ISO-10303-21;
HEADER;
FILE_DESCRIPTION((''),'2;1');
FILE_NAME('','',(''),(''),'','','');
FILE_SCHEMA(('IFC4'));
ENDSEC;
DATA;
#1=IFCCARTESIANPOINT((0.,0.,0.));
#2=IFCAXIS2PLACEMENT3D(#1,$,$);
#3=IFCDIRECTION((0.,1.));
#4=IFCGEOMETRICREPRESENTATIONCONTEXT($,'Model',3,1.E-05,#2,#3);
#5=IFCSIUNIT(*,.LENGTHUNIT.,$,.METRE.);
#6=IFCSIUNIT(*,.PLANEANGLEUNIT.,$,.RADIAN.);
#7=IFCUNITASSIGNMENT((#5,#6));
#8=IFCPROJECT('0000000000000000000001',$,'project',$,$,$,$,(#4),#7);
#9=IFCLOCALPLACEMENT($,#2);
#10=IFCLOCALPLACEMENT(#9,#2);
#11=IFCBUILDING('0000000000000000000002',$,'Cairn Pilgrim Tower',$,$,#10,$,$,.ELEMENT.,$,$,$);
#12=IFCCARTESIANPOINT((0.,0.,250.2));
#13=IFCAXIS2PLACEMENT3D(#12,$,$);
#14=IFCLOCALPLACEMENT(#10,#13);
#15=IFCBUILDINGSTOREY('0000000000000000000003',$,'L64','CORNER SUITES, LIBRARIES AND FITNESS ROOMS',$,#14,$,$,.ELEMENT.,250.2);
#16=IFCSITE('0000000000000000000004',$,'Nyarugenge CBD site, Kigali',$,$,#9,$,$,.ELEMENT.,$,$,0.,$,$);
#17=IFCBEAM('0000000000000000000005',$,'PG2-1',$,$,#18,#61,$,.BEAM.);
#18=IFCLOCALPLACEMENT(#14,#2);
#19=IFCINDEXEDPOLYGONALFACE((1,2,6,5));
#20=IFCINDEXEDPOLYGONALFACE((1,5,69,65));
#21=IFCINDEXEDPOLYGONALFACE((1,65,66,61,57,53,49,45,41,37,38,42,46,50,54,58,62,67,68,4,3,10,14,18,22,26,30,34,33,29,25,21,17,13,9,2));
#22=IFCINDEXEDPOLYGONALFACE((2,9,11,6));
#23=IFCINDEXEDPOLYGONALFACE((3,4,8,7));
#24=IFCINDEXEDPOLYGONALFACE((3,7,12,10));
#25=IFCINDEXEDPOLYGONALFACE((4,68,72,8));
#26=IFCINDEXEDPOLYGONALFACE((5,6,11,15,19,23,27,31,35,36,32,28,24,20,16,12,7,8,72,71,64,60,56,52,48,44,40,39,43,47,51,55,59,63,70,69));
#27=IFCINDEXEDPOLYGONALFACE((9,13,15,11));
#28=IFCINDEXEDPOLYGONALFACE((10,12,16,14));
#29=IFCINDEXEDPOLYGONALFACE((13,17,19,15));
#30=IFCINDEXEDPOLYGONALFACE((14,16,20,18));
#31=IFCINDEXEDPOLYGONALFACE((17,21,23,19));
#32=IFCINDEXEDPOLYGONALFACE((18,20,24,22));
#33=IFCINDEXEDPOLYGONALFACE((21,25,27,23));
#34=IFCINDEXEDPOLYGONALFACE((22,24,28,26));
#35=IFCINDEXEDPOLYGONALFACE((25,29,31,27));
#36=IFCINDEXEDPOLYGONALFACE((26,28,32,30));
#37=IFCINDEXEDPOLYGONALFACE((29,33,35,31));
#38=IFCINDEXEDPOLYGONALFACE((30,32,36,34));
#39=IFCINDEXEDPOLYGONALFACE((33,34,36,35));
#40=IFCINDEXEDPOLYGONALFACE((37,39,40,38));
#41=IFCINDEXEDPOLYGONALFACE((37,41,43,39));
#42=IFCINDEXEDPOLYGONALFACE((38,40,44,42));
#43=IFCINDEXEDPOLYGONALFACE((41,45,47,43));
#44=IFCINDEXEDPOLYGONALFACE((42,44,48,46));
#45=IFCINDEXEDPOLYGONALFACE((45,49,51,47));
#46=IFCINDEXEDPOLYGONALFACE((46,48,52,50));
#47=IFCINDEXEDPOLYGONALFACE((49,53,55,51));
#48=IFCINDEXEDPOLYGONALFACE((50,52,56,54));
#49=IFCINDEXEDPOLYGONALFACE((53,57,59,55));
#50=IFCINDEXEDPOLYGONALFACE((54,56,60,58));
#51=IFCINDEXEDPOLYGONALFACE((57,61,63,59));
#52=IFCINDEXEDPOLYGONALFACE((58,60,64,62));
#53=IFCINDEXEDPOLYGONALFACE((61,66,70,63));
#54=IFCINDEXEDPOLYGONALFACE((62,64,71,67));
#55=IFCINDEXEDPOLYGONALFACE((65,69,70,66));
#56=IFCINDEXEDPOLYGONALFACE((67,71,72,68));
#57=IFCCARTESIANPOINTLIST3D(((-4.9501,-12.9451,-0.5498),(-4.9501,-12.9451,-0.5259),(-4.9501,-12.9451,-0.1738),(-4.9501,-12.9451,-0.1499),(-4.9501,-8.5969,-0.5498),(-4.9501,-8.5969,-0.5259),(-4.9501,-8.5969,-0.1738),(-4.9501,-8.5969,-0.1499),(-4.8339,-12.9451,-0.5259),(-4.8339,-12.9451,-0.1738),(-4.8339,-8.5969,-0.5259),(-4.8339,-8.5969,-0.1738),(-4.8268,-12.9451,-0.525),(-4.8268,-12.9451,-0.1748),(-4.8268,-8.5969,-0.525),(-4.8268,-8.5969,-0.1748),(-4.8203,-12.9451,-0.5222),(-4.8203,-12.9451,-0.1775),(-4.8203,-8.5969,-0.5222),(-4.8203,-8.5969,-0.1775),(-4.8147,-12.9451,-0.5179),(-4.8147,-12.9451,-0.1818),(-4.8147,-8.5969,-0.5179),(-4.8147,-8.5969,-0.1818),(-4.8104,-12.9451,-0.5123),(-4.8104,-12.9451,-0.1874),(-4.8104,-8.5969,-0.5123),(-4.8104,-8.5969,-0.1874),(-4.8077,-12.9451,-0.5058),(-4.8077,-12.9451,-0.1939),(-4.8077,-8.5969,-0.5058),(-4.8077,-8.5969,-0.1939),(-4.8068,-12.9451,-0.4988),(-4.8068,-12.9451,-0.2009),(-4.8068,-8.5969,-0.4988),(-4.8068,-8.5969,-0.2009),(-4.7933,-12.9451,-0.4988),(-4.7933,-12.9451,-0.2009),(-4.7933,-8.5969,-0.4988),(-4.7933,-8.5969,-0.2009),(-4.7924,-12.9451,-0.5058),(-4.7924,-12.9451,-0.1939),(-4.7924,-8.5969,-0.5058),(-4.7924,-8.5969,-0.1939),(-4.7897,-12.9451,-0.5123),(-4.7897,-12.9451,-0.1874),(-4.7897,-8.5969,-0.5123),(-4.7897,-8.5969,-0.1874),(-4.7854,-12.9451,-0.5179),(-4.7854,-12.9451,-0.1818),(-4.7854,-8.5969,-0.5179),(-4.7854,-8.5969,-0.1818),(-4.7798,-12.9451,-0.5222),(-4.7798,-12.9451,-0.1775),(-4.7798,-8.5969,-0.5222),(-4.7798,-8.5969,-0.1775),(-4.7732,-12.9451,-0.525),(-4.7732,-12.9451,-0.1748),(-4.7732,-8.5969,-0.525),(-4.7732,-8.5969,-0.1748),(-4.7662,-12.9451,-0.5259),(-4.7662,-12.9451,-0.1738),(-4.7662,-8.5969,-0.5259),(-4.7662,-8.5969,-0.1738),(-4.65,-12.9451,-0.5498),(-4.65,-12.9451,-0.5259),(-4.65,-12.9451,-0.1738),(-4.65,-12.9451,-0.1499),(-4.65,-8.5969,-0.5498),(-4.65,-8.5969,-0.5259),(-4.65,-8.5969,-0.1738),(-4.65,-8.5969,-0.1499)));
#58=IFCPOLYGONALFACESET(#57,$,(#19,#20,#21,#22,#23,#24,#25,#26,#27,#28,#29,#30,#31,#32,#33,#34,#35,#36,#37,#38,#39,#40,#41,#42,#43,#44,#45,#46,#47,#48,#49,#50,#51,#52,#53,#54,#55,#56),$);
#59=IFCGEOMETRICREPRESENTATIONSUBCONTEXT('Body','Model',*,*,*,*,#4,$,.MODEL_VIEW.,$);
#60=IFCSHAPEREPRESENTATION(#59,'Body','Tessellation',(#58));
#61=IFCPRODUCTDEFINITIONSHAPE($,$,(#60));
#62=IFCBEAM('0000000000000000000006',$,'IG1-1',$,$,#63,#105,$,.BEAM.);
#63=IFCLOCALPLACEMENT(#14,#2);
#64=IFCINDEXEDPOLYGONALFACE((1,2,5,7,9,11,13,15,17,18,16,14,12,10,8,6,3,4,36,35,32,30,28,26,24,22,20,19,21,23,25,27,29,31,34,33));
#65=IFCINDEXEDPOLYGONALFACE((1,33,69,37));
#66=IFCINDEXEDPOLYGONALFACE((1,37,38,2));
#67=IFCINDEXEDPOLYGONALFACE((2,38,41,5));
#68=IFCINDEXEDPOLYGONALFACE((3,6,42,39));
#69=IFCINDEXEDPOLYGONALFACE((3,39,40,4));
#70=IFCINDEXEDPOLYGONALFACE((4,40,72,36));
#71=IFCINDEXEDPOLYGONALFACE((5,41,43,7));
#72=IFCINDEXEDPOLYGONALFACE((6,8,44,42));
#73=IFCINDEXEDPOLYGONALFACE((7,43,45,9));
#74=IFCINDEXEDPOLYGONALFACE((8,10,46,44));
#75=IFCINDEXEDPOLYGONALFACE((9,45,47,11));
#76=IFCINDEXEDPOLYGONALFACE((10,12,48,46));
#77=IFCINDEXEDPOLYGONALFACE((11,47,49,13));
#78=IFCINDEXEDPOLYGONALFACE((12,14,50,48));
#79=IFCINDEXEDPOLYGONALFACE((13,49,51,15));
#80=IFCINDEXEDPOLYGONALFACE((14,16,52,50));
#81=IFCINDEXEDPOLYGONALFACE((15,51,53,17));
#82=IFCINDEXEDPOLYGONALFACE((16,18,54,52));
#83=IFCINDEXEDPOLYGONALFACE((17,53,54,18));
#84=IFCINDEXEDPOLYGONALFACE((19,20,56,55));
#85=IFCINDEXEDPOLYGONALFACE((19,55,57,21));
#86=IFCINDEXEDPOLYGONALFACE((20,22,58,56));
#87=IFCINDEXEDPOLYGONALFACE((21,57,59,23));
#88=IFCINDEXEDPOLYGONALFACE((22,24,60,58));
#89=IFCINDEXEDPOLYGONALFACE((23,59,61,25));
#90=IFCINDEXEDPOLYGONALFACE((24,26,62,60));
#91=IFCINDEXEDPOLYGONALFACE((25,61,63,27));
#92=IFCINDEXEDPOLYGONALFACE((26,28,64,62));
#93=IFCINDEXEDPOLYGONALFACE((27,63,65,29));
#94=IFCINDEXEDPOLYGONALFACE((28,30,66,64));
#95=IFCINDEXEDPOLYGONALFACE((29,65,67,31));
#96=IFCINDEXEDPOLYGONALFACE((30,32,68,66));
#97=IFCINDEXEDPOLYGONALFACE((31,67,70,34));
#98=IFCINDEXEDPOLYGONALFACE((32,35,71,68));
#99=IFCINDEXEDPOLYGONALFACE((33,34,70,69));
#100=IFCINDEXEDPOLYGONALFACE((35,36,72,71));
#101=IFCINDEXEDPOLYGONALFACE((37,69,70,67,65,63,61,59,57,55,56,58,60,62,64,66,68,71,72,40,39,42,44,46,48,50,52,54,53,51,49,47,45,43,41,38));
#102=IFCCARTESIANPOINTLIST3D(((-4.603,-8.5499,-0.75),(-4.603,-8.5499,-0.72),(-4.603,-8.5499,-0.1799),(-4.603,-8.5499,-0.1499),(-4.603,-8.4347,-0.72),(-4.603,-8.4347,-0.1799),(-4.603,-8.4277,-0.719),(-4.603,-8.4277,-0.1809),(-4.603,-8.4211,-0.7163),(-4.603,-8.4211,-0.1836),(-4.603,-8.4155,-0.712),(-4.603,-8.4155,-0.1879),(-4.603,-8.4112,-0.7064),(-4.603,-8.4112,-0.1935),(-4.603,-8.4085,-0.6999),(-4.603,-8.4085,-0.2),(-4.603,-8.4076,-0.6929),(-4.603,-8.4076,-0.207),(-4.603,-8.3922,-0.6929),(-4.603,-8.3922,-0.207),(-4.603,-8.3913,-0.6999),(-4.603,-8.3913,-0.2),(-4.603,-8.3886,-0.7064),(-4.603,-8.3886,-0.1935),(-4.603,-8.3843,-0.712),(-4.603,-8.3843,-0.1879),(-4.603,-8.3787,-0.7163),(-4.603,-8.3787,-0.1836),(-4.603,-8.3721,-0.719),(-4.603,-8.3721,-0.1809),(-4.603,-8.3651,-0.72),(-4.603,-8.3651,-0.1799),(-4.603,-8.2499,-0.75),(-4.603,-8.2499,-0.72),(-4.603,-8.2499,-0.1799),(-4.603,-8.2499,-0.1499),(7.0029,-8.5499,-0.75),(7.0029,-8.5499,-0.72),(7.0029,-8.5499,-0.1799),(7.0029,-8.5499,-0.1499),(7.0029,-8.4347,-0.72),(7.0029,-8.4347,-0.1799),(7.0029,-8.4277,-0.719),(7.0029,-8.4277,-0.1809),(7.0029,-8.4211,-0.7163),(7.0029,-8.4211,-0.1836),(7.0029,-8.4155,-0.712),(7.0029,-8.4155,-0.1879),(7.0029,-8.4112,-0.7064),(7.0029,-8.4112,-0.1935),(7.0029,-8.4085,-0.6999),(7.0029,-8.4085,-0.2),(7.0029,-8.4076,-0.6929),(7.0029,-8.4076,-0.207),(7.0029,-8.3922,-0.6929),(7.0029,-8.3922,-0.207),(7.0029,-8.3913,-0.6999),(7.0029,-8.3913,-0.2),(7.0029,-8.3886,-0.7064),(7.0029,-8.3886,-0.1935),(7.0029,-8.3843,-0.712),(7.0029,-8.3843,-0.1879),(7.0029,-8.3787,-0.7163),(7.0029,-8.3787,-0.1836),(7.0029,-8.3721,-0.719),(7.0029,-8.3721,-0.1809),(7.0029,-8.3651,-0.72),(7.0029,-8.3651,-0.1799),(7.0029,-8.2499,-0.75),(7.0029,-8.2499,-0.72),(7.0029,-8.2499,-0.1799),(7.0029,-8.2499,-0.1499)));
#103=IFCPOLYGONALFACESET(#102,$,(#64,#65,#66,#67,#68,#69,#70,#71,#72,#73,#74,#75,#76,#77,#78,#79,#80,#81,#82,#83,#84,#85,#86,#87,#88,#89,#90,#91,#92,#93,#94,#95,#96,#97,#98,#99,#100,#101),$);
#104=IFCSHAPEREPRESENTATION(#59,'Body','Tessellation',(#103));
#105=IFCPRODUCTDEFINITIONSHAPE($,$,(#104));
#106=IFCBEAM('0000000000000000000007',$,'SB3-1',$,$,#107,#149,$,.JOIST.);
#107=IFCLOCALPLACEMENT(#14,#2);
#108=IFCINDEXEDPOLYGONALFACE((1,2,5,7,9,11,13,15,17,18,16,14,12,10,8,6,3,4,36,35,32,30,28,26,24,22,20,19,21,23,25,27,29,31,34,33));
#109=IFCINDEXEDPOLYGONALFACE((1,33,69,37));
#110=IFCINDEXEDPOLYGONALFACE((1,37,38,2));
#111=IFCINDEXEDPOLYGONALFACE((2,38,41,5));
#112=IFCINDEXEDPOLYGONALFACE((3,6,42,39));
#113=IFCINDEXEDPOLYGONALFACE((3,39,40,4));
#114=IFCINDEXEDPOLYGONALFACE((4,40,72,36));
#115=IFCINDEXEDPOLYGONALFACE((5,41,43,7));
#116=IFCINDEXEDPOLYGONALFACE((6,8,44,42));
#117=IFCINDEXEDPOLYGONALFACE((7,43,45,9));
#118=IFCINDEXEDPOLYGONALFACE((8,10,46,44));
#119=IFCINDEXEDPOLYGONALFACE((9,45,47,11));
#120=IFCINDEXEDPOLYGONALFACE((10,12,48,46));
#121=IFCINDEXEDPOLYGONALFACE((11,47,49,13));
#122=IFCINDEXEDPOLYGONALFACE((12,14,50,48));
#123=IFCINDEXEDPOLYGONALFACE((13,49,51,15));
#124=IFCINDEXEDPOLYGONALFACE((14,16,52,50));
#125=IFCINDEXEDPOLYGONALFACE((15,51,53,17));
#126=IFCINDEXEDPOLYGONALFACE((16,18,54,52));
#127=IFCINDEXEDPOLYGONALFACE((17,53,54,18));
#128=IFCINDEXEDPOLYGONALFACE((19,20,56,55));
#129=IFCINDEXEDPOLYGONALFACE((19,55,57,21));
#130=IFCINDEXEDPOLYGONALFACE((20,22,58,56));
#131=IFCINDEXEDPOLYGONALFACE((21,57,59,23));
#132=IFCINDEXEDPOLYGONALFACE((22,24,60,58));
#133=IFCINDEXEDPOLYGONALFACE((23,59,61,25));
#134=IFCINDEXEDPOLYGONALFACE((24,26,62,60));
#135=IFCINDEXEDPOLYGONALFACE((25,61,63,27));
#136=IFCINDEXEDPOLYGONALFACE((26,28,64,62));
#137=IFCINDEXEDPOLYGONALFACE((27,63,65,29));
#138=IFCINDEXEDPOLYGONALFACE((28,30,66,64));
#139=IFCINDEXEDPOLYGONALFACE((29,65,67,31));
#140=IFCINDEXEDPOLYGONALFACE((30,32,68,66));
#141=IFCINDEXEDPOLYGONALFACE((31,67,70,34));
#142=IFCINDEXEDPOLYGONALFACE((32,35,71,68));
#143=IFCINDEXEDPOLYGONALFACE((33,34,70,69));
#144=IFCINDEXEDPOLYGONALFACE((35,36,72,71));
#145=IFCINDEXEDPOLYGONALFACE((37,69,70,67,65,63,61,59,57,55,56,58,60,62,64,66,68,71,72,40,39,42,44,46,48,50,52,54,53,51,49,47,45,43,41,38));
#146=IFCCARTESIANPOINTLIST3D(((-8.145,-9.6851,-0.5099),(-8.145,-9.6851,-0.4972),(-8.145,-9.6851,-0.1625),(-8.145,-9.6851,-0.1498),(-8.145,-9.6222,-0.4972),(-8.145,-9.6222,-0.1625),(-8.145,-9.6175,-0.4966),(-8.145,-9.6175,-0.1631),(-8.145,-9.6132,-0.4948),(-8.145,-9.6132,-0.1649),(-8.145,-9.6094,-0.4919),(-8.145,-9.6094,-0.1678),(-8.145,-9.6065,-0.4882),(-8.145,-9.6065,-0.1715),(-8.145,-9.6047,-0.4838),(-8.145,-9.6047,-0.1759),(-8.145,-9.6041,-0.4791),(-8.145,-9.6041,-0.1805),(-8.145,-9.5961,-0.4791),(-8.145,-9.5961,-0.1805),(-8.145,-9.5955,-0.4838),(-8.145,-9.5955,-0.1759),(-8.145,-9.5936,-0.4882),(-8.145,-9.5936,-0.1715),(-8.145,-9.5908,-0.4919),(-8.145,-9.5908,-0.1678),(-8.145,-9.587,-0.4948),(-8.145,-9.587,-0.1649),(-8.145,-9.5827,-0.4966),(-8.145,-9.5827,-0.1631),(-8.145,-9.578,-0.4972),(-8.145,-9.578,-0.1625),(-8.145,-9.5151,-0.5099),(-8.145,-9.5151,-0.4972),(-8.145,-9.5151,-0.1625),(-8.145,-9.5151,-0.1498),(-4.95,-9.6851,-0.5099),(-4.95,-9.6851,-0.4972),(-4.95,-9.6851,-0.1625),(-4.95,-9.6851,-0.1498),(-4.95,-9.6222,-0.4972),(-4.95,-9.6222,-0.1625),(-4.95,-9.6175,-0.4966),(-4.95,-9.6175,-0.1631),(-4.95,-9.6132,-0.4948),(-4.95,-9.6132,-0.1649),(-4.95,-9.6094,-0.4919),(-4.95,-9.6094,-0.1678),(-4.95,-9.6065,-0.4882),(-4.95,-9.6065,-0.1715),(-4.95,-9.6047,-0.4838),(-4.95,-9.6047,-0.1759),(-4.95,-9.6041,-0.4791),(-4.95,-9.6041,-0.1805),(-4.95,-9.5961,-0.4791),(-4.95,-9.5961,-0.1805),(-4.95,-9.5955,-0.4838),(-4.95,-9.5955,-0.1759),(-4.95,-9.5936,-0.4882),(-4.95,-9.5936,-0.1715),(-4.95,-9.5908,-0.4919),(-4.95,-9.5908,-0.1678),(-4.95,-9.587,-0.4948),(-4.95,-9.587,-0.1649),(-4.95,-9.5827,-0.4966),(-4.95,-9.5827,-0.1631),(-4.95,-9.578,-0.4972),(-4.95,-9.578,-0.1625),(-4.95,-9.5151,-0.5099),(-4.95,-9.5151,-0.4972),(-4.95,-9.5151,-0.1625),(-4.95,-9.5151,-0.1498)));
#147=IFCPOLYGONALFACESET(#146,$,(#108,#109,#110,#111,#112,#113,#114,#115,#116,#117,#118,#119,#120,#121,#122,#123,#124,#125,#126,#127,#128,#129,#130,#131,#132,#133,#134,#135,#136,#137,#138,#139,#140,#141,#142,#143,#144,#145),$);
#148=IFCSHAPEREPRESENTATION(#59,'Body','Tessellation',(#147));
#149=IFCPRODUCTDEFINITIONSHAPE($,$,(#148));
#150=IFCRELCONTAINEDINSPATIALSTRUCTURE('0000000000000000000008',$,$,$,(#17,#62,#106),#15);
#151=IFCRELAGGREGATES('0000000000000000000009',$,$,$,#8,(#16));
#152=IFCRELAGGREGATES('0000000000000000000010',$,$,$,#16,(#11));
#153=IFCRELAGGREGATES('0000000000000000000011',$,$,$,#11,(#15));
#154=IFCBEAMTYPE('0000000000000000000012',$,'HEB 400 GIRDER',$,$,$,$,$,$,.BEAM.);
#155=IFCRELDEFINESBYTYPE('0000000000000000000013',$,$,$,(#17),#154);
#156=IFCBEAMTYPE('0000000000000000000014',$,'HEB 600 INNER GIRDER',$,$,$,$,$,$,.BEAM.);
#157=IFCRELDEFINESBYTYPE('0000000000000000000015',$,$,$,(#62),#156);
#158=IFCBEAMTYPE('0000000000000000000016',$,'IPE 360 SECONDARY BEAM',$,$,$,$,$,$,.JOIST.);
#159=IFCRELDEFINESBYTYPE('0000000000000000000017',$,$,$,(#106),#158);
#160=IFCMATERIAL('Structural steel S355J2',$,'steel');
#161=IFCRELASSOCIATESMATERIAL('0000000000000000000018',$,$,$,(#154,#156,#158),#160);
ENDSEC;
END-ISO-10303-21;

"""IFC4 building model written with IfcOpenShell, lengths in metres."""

from ifc_helpers import new_model, si_unit, direction, frame, origin, origin_2d, place, context, subcontext, project, spatial, i_section, extrude, material, material_profile, profile_set, type_object, element, save


model = new_model("IFC4")

# Units and contexts
model_context = context("Model", 3, precision=1e-05, world=origin(), true_north=direction((0.0, 1.0)))
body_context = subcontext(model_context, "Body", "Model", "MODEL_VIEW")
ifc_project = project(units=[si_unit("LENGTHUNIT", "METRE"), si_unit("PLANEANGLEUNIT", "RADIAN")], contexts=[model_context])

# Site, building, storey
site_placement = place(None, origin())
site = spatial("IfcSite", under=ifc_project, at=site_placement, Name="Nyarugenge CBD site, Kigali", CompositionType="ELEMENT", RefElevation=0.0)
building_placement = place(site_placement, origin())
building = spatial("IfcBuilding", under=site, at=building_placement, Name="Cairn Pilgrim Tower", CompositionType="ELEMENT")
storey_placement = place(building_placement, frame((0.0, 0.0, 250.2)))
storey = spatial("IfcBuildingStorey", under=building, at=storey_placement, Name="L64", Description="CORNER SUITES, LIBRARIES AND FITNESS ROOMS", CompositionType="ELEMENT", Elevation=250.2)

# Shared definitions
ifc_material_1 = material(Name="Structural steel S355J2", Category="steel")

# Beams
ifc_material_profile_1 = material_profile(ifc_material_1, i_section(OverallWidth=0.3, OverallDepth=0.3999, WebThickness=0.0134, FlangeThickness=0.0239, FilletRadius=0.0271, at=origin_2d()), Name="HEB 400")
ifc_profile_set_1 = profile_set([ifc_material_profile_1], Name="Structural steel S355J2")
beam_type_1 = type_object("IfcBeamType", Name="HEB 400 GIRDER", PredefinedType="BEAM", material=ifc_profile_set_1)
beam_1_placement = place(storey_placement, frame((-4.8, -12.9451, -0.3499), z_axis=(0.0, 1.0, 0.0), x_axis=(-1.0, 0.0, 0.0)))
element("IfcBeam", 1, at=beam_1_placement, inside=storey, type_object=beam_type_1, Name="PG2-1", PredefinedType="BEAM", context=body_context, shape_type="SweptSolid", body=[
    extrude(i_section(OverallWidth=0.3, OverallDepth=0.3999, WebThickness=0.0134, FlangeThickness=0.0239, FilletRadius=0.0271, at=origin_2d()), origin(), (0.0, 0.0, 1.0), 4.3481),
])
ifc_material_profile_2 = material_profile(ifc_material_1, i_section(OverallWidth=0.3, OverallDepth=0.6001, WebThickness=0.0154, FlangeThickness=0.03, FilletRadius=0.0271, at=origin_2d()), Name="HEB 600")
ifc_profile_set_2 = profile_set([ifc_material_profile_2], Name="Structural steel S355J2")
beam_type_2 = type_object("IfcBeamType", Name="HEB 600 INNER GIRDER", PredefinedType="BEAM", material=ifc_profile_set_2)
beam_2_placement = place(storey_placement, frame((-4.603, -8.3999, -0.45), z_axis=(1.0, 0.0, 0.0), x_axis=(0.0, 1.0, 0.0)))
element("IfcBeam", 2, at=beam_2_placement, inside=storey, type_object=beam_type_2, Name="IG1-1", PredefinedType="BEAM", context=body_context, shape_type="SweptSolid", body=[
    extrude(i_section(OverallWidth=0.3, OverallDepth=0.6001, WebThickness=0.0154, FlangeThickness=0.03, FilletRadius=0.0271, at=origin_2d()), origin(), (0.0, 0.0, 1.0), 11.606),
])
ifc_material_profile_3 = material_profile(ifc_material_1, i_section(OverallWidth=0.1699, OverallDepth=0.3601, WebThickness=0.0081, FlangeThickness=0.0127, FilletRadius=0.0181, at=origin_2d()), Name="IPE 360")
ifc_profile_set_3 = profile_set([ifc_material_profile_3], Name="Structural steel S355J2")
beam_type_3 = type_object("IfcBeamType", Name="IPE 360 SECONDARY BEAM", PredefinedType="JOIST", material=ifc_profile_set_3)
beam_3_placement = place(storey_placement, frame((-8.145, -9.6001, -0.3298), z_axis=(1.0, 0.0, 0.0), x_axis=(0.0, 1.0, 0.0)))
element("IfcBeam", 3, at=beam_3_placement, inside=storey, type_object=beam_type_3, Name="SB3-1", PredefinedType="JOIST", context=body_context, shape_type="SweptSolid", body=[
    extrude(i_section(OverallWidth=0.1699, OverallDepth=0.3601, WebThickness=0.0081, FlangeThickness=0.0127, FilletRadius=0.0181, at=origin_2d()), origin(), (0.0, 0.0, 1.0), 3.1951),
])

save(model, "model.ifc")
